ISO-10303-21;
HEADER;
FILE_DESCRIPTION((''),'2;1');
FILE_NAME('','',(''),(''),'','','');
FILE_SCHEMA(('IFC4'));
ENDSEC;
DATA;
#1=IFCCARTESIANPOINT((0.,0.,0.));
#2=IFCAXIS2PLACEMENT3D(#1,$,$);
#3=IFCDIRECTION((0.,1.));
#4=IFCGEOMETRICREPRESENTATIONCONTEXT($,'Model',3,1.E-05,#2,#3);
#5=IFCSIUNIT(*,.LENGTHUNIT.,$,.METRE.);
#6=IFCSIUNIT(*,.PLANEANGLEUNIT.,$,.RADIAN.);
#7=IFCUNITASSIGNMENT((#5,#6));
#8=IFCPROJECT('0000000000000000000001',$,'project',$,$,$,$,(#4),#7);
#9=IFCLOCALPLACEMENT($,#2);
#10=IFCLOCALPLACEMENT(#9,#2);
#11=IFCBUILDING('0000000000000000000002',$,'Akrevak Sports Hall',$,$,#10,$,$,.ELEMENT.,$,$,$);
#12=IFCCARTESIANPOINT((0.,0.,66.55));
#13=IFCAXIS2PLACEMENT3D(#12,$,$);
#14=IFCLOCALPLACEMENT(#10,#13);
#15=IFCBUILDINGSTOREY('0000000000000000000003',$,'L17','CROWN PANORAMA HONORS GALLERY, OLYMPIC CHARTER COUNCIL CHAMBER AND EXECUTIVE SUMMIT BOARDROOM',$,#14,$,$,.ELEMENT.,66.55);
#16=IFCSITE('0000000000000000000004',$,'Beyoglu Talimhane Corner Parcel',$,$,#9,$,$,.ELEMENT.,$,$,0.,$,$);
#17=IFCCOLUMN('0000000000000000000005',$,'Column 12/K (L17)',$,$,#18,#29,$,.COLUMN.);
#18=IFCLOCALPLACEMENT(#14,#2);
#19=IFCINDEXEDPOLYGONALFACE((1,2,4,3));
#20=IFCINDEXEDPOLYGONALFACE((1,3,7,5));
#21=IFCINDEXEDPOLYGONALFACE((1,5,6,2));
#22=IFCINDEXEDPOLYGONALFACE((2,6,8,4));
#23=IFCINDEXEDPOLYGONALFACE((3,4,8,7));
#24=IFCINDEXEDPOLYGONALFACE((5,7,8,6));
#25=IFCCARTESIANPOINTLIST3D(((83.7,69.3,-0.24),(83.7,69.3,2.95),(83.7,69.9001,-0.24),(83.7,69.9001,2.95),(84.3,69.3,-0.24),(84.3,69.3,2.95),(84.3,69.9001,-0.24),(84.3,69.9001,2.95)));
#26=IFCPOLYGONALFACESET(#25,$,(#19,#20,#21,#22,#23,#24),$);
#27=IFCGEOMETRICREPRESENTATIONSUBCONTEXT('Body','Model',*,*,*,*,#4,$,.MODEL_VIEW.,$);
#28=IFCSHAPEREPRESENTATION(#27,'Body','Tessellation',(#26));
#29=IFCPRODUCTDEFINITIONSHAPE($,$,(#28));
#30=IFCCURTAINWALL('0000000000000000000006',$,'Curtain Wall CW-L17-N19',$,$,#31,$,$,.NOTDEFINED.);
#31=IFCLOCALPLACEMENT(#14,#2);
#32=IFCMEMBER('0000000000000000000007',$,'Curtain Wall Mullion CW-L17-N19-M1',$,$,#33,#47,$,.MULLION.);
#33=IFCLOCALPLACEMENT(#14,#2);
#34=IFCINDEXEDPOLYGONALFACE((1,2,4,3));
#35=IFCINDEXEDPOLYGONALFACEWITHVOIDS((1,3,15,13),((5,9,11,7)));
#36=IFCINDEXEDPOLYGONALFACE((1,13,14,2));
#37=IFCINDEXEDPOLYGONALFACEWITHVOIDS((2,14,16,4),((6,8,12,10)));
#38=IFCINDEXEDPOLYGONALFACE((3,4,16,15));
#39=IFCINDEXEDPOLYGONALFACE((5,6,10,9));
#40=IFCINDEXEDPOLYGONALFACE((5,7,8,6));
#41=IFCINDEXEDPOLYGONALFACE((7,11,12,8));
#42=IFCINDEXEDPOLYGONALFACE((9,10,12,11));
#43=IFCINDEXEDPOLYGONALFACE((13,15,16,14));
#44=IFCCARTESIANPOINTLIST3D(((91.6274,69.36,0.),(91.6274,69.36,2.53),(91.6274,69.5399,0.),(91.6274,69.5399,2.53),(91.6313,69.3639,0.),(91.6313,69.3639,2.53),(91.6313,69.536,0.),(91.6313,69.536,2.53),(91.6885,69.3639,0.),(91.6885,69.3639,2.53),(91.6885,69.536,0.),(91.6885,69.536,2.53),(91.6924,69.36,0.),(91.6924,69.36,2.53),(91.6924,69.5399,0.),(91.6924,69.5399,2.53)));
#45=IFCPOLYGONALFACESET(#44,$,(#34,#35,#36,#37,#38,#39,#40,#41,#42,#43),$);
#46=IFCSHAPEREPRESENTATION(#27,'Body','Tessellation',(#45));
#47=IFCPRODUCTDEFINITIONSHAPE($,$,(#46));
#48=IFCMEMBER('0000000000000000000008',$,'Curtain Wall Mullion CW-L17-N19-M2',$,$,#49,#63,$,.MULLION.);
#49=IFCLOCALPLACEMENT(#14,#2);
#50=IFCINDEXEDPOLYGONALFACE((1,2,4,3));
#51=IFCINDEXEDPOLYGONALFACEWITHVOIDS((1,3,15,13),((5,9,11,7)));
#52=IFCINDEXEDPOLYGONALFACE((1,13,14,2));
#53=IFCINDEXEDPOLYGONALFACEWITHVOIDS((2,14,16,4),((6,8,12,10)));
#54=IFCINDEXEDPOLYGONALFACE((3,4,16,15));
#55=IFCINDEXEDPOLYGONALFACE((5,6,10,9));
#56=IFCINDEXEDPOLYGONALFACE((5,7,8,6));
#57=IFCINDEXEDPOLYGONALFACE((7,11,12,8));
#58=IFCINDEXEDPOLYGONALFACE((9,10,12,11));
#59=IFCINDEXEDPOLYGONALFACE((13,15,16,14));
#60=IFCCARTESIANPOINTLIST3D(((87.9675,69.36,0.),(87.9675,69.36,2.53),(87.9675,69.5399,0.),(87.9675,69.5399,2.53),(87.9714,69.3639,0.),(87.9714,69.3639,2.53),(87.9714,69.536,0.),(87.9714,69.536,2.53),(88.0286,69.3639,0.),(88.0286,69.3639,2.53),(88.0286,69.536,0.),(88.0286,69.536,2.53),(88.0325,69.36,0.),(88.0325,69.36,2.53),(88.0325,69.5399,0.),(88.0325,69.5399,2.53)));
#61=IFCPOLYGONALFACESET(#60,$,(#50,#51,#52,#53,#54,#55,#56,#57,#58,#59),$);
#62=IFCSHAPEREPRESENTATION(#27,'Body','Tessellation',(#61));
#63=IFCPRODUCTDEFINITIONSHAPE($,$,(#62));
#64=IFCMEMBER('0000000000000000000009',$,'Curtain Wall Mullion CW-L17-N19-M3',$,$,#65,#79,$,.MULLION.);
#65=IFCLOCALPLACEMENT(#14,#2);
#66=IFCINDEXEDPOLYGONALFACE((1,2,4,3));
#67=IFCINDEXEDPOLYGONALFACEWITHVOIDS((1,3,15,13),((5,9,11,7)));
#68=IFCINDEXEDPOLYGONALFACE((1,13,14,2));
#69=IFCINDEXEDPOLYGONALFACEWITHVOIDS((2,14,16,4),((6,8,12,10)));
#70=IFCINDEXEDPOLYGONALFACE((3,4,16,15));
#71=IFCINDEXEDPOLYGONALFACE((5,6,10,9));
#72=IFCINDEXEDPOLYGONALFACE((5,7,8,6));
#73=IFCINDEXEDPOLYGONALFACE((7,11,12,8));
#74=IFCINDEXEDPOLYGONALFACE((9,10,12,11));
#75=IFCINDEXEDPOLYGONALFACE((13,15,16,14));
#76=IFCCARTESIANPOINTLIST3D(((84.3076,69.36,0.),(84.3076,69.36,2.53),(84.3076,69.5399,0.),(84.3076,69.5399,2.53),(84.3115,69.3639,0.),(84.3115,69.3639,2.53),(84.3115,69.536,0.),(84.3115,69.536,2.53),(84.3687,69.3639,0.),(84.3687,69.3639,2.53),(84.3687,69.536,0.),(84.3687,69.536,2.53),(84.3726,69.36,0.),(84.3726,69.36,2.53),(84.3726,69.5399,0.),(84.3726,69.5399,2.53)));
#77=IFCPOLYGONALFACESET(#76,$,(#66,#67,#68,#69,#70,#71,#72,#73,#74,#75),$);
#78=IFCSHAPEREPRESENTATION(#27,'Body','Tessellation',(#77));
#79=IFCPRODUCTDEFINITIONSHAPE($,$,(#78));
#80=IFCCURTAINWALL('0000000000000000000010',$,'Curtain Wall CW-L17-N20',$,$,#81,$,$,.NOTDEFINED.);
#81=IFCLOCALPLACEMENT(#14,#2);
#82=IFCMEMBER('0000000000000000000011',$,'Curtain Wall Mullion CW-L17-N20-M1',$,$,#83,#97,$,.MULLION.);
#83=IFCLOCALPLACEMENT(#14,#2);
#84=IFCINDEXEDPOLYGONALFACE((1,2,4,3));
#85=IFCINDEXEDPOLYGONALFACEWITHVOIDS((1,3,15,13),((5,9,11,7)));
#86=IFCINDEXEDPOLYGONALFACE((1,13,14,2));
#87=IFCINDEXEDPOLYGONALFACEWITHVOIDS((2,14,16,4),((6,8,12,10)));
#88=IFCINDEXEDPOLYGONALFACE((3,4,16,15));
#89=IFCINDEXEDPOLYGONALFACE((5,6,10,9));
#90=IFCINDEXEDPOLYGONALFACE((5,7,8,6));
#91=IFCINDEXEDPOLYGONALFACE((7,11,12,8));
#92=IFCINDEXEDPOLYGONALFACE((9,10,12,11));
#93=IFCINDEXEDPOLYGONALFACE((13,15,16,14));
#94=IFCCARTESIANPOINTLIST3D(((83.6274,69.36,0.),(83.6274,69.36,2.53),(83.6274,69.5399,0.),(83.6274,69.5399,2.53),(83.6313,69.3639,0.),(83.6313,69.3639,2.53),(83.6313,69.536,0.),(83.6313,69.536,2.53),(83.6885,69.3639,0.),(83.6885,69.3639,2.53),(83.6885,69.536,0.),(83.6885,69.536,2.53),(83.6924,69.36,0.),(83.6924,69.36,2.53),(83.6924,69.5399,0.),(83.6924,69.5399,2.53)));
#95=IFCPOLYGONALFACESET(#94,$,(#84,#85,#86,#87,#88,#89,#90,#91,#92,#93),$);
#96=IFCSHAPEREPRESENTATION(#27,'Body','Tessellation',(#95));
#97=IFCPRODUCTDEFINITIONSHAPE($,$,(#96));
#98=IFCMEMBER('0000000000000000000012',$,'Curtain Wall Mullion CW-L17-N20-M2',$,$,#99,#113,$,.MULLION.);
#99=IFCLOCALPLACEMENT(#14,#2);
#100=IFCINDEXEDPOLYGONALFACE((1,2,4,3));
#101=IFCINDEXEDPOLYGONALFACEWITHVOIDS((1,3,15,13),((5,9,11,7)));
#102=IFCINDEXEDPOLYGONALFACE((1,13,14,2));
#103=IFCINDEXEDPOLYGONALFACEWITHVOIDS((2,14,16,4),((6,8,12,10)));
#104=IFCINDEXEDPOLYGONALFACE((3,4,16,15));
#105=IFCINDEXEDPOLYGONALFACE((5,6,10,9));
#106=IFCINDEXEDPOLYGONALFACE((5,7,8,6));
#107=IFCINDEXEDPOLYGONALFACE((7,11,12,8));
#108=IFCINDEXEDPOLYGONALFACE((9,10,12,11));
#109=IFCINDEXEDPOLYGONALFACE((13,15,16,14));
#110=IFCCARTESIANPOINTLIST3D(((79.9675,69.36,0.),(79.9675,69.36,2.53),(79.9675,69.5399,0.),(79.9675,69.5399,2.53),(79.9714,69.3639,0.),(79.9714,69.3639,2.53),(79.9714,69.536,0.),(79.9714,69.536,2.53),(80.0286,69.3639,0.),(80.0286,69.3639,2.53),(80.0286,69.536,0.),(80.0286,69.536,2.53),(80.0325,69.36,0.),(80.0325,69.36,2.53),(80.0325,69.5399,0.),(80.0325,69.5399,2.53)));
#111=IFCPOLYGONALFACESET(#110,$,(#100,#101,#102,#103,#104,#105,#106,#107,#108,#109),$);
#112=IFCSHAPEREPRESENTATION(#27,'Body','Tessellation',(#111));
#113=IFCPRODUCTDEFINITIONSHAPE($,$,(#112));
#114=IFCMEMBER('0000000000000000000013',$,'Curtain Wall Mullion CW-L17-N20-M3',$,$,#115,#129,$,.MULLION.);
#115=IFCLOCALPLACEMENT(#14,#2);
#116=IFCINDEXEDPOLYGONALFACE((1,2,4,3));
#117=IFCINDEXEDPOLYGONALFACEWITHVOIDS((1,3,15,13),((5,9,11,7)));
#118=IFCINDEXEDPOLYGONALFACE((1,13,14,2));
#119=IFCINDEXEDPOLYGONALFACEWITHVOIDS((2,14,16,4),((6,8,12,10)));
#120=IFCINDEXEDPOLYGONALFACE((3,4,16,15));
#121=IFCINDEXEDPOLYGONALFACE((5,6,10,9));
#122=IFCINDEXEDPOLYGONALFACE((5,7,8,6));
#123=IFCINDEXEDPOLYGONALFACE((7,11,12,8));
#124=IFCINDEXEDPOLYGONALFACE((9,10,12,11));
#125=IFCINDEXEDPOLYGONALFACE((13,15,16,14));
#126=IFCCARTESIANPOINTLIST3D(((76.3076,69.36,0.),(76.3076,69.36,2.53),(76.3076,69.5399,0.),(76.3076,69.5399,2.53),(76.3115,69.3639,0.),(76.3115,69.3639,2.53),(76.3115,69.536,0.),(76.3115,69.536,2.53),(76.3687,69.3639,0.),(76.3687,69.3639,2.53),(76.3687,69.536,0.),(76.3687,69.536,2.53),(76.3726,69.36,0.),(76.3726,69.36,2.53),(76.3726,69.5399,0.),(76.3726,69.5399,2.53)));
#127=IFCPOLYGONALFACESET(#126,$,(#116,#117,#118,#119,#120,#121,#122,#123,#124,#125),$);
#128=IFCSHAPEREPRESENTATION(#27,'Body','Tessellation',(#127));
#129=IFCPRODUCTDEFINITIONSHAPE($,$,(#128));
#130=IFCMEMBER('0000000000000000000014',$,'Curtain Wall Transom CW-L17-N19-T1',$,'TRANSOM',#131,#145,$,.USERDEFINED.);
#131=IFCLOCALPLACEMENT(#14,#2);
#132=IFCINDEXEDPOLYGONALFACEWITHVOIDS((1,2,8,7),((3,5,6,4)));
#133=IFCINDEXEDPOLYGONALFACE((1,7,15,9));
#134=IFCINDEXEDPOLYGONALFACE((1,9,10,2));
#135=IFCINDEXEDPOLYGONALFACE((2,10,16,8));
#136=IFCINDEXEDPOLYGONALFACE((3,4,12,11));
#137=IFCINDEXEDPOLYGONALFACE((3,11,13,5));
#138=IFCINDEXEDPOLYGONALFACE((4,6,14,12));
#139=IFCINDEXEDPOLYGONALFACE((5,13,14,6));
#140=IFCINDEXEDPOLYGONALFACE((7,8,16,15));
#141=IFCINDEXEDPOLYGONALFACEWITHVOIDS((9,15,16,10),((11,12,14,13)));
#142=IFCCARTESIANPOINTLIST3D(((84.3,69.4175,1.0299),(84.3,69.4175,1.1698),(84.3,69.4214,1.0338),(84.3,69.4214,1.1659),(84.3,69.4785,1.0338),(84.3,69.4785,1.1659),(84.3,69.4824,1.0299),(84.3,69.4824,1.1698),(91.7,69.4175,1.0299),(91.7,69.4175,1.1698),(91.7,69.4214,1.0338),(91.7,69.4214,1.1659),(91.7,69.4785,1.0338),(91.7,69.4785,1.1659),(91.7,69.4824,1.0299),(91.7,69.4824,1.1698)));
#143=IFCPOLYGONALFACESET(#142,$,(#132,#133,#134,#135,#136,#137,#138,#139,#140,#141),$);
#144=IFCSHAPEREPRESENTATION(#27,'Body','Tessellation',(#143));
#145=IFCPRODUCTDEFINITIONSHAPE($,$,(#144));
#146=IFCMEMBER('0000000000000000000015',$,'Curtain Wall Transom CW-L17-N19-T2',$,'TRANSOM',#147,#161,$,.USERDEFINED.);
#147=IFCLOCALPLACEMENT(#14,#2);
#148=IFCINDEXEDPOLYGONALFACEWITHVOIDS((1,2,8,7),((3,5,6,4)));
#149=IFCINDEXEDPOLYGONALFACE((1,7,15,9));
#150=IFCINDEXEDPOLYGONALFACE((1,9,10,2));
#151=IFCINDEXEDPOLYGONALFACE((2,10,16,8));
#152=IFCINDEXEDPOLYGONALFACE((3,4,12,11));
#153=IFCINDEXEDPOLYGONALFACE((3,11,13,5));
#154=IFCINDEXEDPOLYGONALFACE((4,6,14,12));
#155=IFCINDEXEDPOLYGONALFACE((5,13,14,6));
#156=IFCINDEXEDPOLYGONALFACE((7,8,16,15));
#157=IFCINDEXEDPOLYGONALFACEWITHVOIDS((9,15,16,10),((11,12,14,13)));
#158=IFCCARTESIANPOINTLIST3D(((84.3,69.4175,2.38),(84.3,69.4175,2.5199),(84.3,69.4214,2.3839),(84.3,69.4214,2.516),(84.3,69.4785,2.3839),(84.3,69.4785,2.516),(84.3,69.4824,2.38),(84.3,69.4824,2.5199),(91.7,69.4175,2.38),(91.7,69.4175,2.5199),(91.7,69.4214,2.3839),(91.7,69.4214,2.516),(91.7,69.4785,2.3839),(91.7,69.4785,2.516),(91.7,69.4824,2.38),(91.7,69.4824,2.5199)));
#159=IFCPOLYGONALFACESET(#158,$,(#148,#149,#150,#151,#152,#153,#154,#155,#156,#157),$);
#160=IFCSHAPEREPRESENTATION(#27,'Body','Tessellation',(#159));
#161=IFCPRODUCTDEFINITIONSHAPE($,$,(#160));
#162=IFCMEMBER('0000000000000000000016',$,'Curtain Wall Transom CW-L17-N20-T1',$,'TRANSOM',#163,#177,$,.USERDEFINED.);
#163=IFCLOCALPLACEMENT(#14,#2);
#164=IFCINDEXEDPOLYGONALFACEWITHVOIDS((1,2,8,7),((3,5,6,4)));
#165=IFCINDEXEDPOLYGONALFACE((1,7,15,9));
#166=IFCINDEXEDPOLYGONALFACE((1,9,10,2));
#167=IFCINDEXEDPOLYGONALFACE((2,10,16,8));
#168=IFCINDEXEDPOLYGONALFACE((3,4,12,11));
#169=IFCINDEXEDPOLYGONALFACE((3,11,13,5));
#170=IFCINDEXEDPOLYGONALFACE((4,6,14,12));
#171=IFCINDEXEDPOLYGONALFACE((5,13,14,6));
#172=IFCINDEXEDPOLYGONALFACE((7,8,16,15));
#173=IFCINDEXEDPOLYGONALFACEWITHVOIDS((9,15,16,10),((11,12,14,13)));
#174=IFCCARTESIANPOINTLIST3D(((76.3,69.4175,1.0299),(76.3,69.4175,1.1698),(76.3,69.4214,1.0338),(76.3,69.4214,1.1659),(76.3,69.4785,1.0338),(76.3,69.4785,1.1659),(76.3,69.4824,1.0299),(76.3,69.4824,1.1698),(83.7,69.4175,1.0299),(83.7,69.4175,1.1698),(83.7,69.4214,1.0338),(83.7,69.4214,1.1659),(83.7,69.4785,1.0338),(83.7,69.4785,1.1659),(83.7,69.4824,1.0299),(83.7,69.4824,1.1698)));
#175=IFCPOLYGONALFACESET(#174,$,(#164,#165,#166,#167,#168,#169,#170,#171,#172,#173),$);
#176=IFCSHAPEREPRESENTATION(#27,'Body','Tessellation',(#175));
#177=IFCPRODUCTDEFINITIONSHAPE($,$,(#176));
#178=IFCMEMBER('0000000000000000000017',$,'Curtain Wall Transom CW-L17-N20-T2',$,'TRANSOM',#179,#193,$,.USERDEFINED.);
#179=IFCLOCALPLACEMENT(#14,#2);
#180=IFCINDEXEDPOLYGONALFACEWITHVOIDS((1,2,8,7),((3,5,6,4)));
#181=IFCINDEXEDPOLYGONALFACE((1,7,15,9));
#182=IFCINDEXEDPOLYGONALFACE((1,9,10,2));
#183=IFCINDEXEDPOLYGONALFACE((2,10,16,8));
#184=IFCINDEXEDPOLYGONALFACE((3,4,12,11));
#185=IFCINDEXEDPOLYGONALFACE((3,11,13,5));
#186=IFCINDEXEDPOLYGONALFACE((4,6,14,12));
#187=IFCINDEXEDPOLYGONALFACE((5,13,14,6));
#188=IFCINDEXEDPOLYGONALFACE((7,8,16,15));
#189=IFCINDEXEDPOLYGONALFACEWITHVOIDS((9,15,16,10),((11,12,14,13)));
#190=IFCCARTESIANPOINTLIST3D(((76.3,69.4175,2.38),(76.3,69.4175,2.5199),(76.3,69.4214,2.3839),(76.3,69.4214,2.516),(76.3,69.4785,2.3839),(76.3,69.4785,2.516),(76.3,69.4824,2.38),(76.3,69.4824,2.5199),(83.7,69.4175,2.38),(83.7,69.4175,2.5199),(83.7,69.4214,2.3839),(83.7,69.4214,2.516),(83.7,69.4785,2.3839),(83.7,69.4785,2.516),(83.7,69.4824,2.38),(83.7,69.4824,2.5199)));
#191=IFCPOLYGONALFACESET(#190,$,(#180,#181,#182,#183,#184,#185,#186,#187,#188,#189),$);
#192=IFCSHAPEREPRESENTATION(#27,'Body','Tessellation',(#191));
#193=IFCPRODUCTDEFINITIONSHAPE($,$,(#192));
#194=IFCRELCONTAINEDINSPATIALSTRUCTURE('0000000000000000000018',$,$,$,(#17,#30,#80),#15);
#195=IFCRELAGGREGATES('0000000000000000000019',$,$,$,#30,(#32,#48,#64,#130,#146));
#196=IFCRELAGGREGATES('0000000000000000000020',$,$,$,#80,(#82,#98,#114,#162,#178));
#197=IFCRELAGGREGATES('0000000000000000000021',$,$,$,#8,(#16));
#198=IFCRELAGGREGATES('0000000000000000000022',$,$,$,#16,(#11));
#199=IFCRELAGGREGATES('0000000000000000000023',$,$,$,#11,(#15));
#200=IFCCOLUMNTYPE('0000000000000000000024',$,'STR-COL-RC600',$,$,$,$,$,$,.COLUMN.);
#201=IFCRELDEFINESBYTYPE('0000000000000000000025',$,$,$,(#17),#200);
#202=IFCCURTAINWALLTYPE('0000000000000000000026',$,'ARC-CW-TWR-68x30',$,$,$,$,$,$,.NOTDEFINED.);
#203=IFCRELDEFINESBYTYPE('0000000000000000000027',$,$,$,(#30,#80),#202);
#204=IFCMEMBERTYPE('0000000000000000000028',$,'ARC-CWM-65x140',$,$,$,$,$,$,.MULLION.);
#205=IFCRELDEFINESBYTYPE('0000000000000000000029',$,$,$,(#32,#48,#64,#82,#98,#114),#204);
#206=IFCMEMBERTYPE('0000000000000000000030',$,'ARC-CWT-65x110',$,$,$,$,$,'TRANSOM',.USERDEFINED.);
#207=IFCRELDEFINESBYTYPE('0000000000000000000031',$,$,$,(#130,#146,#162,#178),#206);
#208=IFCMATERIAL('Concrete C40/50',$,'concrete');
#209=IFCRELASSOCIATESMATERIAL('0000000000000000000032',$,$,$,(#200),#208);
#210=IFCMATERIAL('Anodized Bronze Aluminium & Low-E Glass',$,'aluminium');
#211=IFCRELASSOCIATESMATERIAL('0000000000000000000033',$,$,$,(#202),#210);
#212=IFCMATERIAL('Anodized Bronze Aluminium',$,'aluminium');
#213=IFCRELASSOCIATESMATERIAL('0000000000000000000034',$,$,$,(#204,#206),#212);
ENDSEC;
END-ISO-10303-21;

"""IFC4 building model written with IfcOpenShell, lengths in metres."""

from ifc_helpers import new_model, si_unit, direction, frame, origin, origin_2d, place, context, subcontext, project, spatial, rectangle, hollow_rectangle, extrude, material, material_profile, profile_set, type_object, element, aggregate, save


model = new_model("IFC4")

# Units and contexts
model_context = context("Model", 3, precision=1e-05, world=origin(), true_north=direction((0.0, 1.0)))
body_context = subcontext(model_context, "Body", "Model", "MODEL_VIEW")
ifc_project = project(units=[si_unit("LENGTHUNIT", "METRE"), si_unit("PLANEANGLEUNIT", "RADIAN")], contexts=[model_context])

# Site, building, storey
site_placement = place(None, origin())
site = spatial("IfcSite", under=ifc_project, at=site_placement, Name="Beyoglu Talimhane Corner Parcel", CompositionType="ELEMENT", RefElevation=0.0)
building_placement = place(site_placement, origin())
building = spatial("IfcBuilding", under=site, at=building_placement, Name="Akrevak Sports Hall", CompositionType="ELEMENT")
storey_placement = place(building_placement, frame((0.0, 0.0, 66.55)))
storey = spatial("IfcBuildingStorey", under=building, at=storey_placement, Name="L17", Description="CROWN PANORAMA HONORS GALLERY, OLYMPIC CHARTER COUNCIL CHAMBER AND EXECUTIVE SUMMIT BOARDROOM", CompositionType="ELEMENT", Elevation=66.55)

# Column
ifc_material_1 = material(Name="Concrete C40/50", Category="concrete")
ifc_material_profile_1 = material_profile(ifc_material_1, rectangle(XDim=0.6001, YDim=0.6001, at=origin_2d()), Name="RC 600x600", Category="concrete")
ifc_profile_set_1 = profile_set([ifc_material_profile_1], Name="Concrete C40/50")
column_type = type_object("IfcColumnType", Name="STR-COL-RC600", PredefinedType="COLUMN", material=ifc_profile_set_1)
column_placement = place(storey_placement, frame((84.0, 69.6001, -0.24), z_axis=(0.0, 0.0, 1.0), x_axis=(1.0, 0.0, 0.0)))
element("IfcColumn", 1, at=column_placement, inside=storey, type_object=column_type, Name="Column 12/K (L17)", PredefinedType="COLUMN", context=body_context, shape_type="SweptSolid", body=[
    extrude(rectangle(XDim=0.6001, YDim=0.6001, at=origin_2d()), origin(), (0.0, 0.0, 1.0), 3.1899),
])

# Curtain walls, members
ifc_material_2 = material(Name="Anodized Bronze Aluminium & Low-E Glass", Category="aluminium")
curtain_wall_type = type_object("IfcCurtainWallType", Name="ARC-CW-TWR-68x30", PredefinedType="NOTDEFINED", material=ifc_material_2)
curtain_wall_1_placement = place(storey_placement, origin())
curtain_wall_1 = element("IfcCurtainWall", 2, at=curtain_wall_1_placement, inside=storey, type_object=curtain_wall_type, Name="Curtain Wall CW-L17-N19", PredefinedType="NOTDEFINED")
ifc_material_3 = material(Name="Anodized Bronze Aluminium", Category="aluminium")
ifc_material_profile_2 = material_profile(ifc_material_3, hollow_rectangle(XDim=0.0649, YDim=0.1799, WallThickness=0.0039, at=origin_2d()), Name="CWM 65x180", Category="aluminium")
ifc_profile_set_2 = profile_set([ifc_material_profile_2], Name="Anodized Bronze Aluminium")
member_type_1 = type_object("IfcMemberType", Name="ARC-CWM-65x140", PredefinedType="MULLION", material=ifc_profile_set_2)
member_1_placement = place(storey_placement, frame((91.6599, 69.45, 0.0), z_axis=(0.0, 0.0, 1.0), x_axis=(-1.0, 0.0, 0.0)))
member_1 = element("IfcMember", 3, at=member_1_placement, type_object=member_type_1, Name="Curtain Wall Mullion CW-L17-N19-M1", PredefinedType="MULLION", context=body_context, shape_type="SweptSolid", body=[
    extrude(hollow_rectangle(XDim=0.0649, YDim=0.1799, WallThickness=0.0039, at=origin_2d()), origin(), (0.0, 0.0, 1.0), 2.53),
])
member_2_placement = place(storey_placement, frame((88.0, 69.45, 0.0), z_axis=(0.0, 0.0, 1.0), x_axis=(-1.0, 0.0, 0.0)))
member_2 = element("IfcMember", 4, at=member_2_placement, type_object=member_type_1, Name="Curtain Wall Mullion CW-L17-N19-M2", PredefinedType="MULLION", context=body_context, shape_type="SweptSolid", body=[
    extrude(hollow_rectangle(XDim=0.0649, YDim=0.1799, WallThickness=0.0039, at=origin_2d()), origin(), (0.0, 0.0, 1.0), 2.53),
])
member_3_placement = place(storey_placement, frame((84.3401, 69.45, 0.0), z_axis=(0.0, 0.0, 1.0), x_axis=(-1.0, 0.0, 0.0)))
member_3 = element("IfcMember", 5, at=member_3_placement, type_object=member_type_1, Name="Curtain Wall Mullion CW-L17-N19-M3", PredefinedType="MULLION", context=body_context, shape_type="SweptSolid", body=[
    extrude(hollow_rectangle(XDim=0.0649, YDim=0.1799, WallThickness=0.0039, at=origin_2d()), origin(), (0.0, 0.0, 1.0), 2.53),
])
curtain_wall_2_placement = place(storey_placement, origin())
curtain_wall_2 = element("IfcCurtainWall", 6, at=curtain_wall_2_placement, inside=storey, type_object=curtain_wall_type, Name="Curtain Wall CW-L17-N20", PredefinedType="NOTDEFINED")
member_4_placement = place(storey_placement, frame((83.6599, 69.45, 0.0), z_axis=(0.0, 0.0, 1.0), x_axis=(-1.0, 0.0, 0.0)))
member_4 = element("IfcMember", 7, at=member_4_placement, type_object=member_type_1, Name="Curtain Wall Mullion CW-L17-N20-M1", PredefinedType="MULLION", context=body_context, shape_type="SweptSolid", body=[
    extrude(hollow_rectangle(XDim=0.0649, YDim=0.1799, WallThickness=0.0039, at=origin_2d()), origin(), (0.0, 0.0, 1.0), 2.53),
])
member_5_placement = place(storey_placement, frame((80.0, 69.45, 0.0), z_axis=(0.0, 0.0, 1.0), x_axis=(-1.0, 0.0, 0.0)))
member_5 = element("IfcMember", 8, at=member_5_placement, type_object=member_type_1, Name="Curtain Wall Mullion CW-L17-N20-M2", PredefinedType="MULLION", context=body_context, shape_type="SweptSolid", body=[
    extrude(hollow_rectangle(XDim=0.0649, YDim=0.1799, WallThickness=0.0039, at=origin_2d()), origin(), (0.0, 0.0, 1.0), 2.53),
])
member_6_placement = place(storey_placement, frame((76.3401, 69.45, 0.0), z_axis=(0.0, 0.0, 1.0), x_axis=(-1.0, 0.0, 0.0)))
member_6 = element("IfcMember", 9, at=member_6_placement, type_object=member_type_1, Name="Curtain Wall Mullion CW-L17-N20-M3", PredefinedType="MULLION", context=body_context, shape_type="SweptSolid", body=[
    extrude(hollow_rectangle(XDim=0.0649, YDim=0.1799, WallThickness=0.0039, at=origin_2d()), origin(), (0.0, 0.0, 1.0), 2.53),
])

# Members
ifc_material_profile_3 = material_profile(ifc_material_3, hollow_rectangle(XDim=0.0649, YDim=0.1399, WallThickness=0.0039, at=origin_2d()), Name="CWT 65x140", Category="aluminium")
ifc_profile_set_3 = profile_set([ifc_material_profile_3], Name="Anodized Bronze Aluminium")
member_type_2 = type_object("IfcMemberType", Name="ARC-CWT-65x110", ElementType="TRANSOM", PredefinedType="USERDEFINED", material=ifc_profile_set_3)
member_7_placement = place(storey_placement, frame((91.7, 69.45, 1.0999), z_axis=(-1.0, 0.0, 0.0), x_axis=(0.0, -1.0, 0.0)))
member_7 = element("IfcMember", 10, at=member_7_placement, type_object=member_type_2, Name="Curtain Wall Transom CW-L17-N19-T1", ObjectType="TRANSOM", PredefinedType="USERDEFINED", context=body_context, shape_type="SweptSolid", body=[
    extrude(hollow_rectangle(XDim=0.0649, YDim=0.1399, WallThickness=0.0039, at=origin_2d()), origin(), (0.0, 0.0, 1.0), 7.3999),
])
member_8_placement = place(storey_placement, frame((91.7, 69.45, 2.45), z_axis=(-1.0, 0.0, 0.0), x_axis=(0.0, -1.0, 0.0)))
member_8 = element("IfcMember", 11, at=member_8_placement, type_object=member_type_2, Name="Curtain Wall Transom CW-L17-N19-T2", ObjectType="TRANSOM", PredefinedType="USERDEFINED", context=body_context, shape_type="SweptSolid", body=[
    extrude(hollow_rectangle(XDim=0.0649, YDim=0.1399, WallThickness=0.0039, at=origin_2d()), origin(), (0.0, 0.0, 1.0), 7.3999),
])
member_9_placement = place(storey_placement, frame((83.7, 69.45, 1.0999), z_axis=(-1.0, 0.0, 0.0), x_axis=(0.0, -1.0, 0.0)))
member_9 = element("IfcMember", 12, at=member_9_placement, type_object=member_type_2, Name="Curtain Wall Transom CW-L17-N20-T1", ObjectType="TRANSOM", PredefinedType="USERDEFINED", context=body_context, shape_type="SweptSolid", body=[
    extrude(hollow_rectangle(XDim=0.0649, YDim=0.1399, WallThickness=0.0039, at=origin_2d()), origin(), (0.0, 0.0, 1.0), 7.3999),
])
member_10_placement = place(storey_placement, frame((83.7, 69.45, 2.45), z_axis=(-1.0, 0.0, 0.0), x_axis=(0.0, -1.0, 0.0)))
member_10 = element("IfcMember", 13, at=member_10_placement, type_object=member_type_2, Name="Curtain Wall Transom CW-L17-N20-T2", ObjectType="TRANSOM", PredefinedType="USERDEFINED", context=body_context, shape_type="SweptSolid", body=[
    extrude(hollow_rectangle(XDim=0.0649, YDim=0.1399, WallThickness=0.0039, at=origin_2d()), origin(), (0.0, 0.0, 1.0), 7.3999),
])

aggregate(curtain_wall_1, [member_1, member_2, member_3, member_7, member_8])
aggregate(curtain_wall_2, [member_4, member_5, member_6, member_9, member_10])

save(model, "model.ifc")
